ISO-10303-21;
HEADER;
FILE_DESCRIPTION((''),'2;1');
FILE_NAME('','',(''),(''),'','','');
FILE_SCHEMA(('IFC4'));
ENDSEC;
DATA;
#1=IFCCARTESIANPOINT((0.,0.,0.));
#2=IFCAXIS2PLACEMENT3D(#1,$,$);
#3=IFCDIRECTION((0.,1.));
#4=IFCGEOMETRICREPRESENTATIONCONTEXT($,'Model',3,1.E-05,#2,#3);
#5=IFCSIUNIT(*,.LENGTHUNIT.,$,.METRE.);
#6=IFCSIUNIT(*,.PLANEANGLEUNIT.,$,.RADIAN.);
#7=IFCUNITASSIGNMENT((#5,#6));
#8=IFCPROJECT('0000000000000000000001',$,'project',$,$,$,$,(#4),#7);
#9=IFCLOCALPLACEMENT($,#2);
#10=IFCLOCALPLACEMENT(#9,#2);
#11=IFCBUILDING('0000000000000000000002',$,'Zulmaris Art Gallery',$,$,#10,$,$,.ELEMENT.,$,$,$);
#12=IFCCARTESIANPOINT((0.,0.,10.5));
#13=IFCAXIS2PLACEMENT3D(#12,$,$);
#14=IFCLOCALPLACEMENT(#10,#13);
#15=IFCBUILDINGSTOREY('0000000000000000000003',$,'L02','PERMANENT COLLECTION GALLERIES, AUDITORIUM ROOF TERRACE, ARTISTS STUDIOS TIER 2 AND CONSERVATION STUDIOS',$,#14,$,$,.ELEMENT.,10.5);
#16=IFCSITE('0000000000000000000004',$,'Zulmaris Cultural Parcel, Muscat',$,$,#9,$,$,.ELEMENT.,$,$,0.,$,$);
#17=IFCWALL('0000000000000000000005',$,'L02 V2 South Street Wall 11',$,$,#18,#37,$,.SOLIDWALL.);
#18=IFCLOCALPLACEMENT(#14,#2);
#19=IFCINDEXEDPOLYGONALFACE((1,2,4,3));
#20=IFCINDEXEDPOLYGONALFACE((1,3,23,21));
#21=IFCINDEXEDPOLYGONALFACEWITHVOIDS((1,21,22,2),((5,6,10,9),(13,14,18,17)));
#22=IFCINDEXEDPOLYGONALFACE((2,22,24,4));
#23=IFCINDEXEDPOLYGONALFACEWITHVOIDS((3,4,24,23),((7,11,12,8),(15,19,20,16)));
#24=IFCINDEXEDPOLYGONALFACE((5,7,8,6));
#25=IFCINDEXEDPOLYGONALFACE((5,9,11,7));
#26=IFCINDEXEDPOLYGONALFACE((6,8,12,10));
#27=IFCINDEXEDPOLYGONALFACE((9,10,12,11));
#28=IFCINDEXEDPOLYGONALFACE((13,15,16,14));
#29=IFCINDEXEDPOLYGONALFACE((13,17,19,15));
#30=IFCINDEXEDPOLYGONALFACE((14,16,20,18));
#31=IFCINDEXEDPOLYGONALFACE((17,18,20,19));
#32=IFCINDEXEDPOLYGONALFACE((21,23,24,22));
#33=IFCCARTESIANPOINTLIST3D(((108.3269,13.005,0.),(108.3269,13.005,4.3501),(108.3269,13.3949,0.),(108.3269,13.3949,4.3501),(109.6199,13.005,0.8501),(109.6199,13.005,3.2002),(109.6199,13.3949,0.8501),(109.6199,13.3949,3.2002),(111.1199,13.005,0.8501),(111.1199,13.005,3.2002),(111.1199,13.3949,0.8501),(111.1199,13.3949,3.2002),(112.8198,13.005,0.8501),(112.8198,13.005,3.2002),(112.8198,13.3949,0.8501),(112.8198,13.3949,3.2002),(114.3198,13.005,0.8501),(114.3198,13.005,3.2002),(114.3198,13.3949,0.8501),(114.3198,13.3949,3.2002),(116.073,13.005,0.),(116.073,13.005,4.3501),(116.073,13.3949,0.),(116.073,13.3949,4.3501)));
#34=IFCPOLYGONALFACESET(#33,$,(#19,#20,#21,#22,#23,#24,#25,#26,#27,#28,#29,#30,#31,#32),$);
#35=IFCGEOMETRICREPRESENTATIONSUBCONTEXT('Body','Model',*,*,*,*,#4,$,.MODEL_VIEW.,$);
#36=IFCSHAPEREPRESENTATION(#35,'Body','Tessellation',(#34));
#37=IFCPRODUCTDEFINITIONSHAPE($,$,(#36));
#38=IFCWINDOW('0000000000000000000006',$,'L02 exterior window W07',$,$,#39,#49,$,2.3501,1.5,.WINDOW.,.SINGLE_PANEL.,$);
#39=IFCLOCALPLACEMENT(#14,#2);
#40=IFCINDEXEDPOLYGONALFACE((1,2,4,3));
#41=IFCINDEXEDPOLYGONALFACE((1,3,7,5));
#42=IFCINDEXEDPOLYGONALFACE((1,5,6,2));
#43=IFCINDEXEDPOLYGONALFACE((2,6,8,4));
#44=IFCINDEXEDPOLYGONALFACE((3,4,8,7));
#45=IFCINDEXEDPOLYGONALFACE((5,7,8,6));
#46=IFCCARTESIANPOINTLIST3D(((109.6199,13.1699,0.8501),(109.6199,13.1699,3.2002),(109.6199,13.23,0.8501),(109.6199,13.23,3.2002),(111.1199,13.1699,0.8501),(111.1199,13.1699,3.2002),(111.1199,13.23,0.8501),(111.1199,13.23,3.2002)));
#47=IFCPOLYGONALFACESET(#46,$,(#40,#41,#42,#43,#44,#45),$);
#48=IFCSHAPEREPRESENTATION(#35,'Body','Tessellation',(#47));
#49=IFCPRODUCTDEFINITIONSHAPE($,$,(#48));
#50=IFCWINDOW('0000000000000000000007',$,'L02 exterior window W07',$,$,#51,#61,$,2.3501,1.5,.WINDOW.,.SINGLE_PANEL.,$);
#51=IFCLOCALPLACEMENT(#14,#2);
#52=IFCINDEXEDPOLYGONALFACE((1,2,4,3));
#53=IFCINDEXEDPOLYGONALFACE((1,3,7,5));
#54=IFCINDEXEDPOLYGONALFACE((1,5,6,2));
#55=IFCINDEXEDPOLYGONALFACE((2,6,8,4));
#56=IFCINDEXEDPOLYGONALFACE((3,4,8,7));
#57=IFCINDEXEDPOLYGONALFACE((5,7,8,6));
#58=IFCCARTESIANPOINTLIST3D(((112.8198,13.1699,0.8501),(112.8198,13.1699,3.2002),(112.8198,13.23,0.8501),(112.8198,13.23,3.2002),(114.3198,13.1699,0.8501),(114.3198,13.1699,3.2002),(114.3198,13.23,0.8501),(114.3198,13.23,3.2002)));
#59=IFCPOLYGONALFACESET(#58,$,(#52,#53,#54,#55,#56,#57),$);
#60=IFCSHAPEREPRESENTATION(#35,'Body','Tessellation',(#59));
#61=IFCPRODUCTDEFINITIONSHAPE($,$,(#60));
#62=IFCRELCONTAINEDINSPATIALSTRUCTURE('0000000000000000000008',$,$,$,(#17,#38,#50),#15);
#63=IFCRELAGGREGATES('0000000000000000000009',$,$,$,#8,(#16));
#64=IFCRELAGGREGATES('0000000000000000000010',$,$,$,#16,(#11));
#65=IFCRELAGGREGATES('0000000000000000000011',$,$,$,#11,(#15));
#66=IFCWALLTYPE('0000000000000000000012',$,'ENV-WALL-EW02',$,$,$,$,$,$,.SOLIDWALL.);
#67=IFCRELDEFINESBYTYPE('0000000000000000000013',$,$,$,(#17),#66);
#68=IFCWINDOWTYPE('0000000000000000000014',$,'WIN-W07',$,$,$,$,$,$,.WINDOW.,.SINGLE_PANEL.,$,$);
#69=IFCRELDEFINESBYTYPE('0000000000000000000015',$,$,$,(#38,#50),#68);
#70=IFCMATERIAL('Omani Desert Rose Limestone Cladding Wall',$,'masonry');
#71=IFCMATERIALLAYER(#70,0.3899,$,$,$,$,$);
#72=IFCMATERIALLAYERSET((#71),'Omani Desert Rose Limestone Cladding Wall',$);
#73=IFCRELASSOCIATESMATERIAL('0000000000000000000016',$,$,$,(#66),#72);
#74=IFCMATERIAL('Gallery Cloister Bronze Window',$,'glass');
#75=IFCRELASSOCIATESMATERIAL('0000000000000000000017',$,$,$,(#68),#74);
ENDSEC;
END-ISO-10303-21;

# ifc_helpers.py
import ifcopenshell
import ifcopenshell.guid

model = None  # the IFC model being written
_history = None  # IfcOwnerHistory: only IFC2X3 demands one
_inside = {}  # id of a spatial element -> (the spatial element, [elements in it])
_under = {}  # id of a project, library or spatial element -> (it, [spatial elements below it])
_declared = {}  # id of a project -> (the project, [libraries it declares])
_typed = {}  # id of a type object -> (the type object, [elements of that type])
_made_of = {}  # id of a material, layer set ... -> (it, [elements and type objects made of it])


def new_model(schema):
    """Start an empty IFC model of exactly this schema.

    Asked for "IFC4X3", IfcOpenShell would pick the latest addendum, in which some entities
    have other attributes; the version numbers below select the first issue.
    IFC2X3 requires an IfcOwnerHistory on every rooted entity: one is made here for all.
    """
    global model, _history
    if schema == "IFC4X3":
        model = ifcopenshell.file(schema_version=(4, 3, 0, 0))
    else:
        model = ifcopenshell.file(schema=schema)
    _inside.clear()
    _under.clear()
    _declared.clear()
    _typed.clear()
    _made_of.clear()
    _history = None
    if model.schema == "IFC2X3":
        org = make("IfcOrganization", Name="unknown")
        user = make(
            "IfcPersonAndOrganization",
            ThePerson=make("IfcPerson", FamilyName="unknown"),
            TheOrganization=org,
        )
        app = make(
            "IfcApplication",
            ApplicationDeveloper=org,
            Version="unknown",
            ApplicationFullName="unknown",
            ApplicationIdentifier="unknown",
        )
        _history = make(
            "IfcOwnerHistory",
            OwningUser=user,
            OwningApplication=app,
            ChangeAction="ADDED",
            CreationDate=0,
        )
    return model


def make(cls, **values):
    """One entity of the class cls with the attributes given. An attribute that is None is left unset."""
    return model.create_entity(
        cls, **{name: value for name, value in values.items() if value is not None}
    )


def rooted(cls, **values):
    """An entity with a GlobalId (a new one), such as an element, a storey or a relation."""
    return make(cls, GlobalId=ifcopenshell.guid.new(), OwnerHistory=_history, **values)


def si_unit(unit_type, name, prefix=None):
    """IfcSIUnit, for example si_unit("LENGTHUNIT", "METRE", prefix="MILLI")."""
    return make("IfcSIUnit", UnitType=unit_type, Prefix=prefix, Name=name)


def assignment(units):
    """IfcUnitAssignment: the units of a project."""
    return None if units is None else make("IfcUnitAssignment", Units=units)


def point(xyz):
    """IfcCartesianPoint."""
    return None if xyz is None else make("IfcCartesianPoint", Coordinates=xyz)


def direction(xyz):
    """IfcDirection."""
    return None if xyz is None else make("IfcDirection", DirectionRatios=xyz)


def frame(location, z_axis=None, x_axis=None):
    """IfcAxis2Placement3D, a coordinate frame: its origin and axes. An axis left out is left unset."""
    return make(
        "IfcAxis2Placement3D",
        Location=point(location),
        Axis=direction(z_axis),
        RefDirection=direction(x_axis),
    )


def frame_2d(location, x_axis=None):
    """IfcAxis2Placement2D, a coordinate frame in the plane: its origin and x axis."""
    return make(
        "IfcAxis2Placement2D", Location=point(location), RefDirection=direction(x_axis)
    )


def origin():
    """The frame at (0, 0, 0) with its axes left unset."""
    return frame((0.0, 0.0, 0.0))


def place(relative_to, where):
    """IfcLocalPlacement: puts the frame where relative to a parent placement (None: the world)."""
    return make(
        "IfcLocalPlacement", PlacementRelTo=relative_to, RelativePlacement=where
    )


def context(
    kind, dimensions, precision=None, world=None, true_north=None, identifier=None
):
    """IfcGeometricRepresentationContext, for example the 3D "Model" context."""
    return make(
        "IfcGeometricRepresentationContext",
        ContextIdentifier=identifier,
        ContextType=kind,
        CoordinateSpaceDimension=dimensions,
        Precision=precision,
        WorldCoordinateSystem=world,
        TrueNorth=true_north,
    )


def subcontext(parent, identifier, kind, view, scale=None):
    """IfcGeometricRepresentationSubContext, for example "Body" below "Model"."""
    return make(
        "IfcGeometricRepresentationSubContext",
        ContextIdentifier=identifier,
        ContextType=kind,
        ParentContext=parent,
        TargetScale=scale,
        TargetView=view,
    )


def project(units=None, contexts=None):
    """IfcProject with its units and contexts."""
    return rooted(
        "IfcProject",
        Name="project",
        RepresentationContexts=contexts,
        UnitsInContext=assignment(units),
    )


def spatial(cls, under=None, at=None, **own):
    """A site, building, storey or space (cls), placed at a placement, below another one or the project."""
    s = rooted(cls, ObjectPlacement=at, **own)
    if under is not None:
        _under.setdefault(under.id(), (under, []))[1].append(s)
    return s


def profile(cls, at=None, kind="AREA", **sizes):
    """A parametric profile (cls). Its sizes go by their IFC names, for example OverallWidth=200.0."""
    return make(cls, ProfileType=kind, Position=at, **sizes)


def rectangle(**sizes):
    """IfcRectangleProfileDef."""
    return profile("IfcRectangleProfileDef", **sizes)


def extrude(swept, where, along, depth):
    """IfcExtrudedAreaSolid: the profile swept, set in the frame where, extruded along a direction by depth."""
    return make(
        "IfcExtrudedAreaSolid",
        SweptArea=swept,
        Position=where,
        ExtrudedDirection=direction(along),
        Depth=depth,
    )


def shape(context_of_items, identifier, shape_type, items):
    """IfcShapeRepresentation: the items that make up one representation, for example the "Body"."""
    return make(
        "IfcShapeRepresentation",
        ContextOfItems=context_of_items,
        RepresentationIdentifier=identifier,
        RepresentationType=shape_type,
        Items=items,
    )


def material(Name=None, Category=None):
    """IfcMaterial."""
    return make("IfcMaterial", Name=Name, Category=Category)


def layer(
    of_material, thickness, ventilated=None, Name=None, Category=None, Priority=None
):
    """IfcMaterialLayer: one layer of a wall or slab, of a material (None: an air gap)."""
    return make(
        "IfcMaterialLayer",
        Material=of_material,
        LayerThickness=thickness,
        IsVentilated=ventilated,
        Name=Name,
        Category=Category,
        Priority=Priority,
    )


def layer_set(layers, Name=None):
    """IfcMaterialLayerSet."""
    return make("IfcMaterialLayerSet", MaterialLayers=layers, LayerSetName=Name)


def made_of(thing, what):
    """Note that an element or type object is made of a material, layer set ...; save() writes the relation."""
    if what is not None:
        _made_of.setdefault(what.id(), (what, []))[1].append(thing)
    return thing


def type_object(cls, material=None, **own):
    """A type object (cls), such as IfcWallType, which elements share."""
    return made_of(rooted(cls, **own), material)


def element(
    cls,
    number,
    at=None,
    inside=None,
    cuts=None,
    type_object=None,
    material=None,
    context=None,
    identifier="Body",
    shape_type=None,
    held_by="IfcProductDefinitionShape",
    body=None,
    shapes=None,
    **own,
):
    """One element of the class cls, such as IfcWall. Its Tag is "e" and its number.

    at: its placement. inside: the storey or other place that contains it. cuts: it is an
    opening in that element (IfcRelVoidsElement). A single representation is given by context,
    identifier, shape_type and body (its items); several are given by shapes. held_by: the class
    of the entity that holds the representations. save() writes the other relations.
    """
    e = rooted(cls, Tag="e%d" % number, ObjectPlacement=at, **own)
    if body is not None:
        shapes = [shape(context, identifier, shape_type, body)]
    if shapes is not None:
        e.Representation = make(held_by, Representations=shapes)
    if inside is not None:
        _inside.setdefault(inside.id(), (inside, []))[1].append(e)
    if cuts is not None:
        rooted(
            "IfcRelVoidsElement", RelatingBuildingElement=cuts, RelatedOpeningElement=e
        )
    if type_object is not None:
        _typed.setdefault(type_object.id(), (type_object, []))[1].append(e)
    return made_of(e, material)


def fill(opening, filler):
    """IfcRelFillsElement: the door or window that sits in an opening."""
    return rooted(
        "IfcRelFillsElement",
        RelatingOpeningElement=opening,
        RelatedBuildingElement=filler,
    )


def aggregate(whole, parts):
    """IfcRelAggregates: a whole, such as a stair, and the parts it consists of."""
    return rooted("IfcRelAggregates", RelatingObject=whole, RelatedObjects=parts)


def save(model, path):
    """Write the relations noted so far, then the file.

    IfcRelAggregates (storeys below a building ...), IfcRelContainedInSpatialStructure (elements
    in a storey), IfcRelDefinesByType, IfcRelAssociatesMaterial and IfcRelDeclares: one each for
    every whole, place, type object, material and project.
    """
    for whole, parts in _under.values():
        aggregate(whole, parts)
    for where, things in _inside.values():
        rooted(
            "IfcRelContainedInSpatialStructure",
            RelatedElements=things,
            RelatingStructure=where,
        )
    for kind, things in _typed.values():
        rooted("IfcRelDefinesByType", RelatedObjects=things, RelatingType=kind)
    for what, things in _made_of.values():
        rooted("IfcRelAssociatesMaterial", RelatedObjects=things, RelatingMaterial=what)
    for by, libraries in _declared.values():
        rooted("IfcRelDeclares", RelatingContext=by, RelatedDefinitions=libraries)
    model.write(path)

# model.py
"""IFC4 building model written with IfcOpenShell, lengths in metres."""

from ifc_helpers import new_model, si_unit, direction, frame, frame_2d, origin, place, context, subcontext, project, spatial, rectangle, extrude, material, layer, layer_set, type_object, element, fill, save


model = new_model("IFC4")

# Units and contexts
model_context = context("Model", 3, precision=1e-05, world=origin(), true_north=direction((0.0, 1.0)))
body_context = subcontext(model_context, "Body", "Model", "MODEL_VIEW")
ifc_project = project(units=[si_unit("LENGTHUNIT", "METRE"), si_unit("PLANEANGLEUNIT", "RADIAN")], contexts=[model_context])

# Site, building, storey
site_placement = place(None, origin())
site = spatial("IfcSite", under=ifc_project, at=site_placement, Name="Zulmaris Cultural Parcel, Muscat", CompositionType="ELEMENT", RefElevation=0.0)
building_placement = place(site_placement, origin())
building = spatial("IfcBuilding", under=site, at=building_placement, Name="Zulmaris Art Gallery", CompositionType="ELEMENT")
storey_placement = place(building_placement, frame((0.0, 0.0, 10.5)))
storey = spatial("IfcBuildingStorey", under=building, at=storey_placement, Name="L02", Description="PERMANENT COLLECTION GALLERIES, AUDITORIUM ROOF TERRACE, ARTISTS STUDIOS TIER 2 AND CONSERVATION STUDIOS", CompositionType="ELEMENT", Elevation=10.5)

# Wall, openings, windows
ifc_material_1 = material(Name="Omani Desert Rose Limestone Cladding Wall", Category="masonry")
ifc_layer_1 = layer(ifc_material_1, 0.3899)
ifc_layer_set_1 = layer_set([ifc_layer_1], Name="Omani Desert Rose Limestone Cladding Wall")
wall_type = type_object("IfcWallType", Name="ENV-WALL-EW02", PredefinedType="SOLIDWALL", material=ifc_layer_set_1)
wall_placement = place(storey_placement, frame((108.3269, 13.2, 0.0), z_axis=(0.0, 0.0, 1.0), x_axis=(1.0, 0.0, 0.0)))
wall = element("IfcWall", 1, at=wall_placement, inside=storey, type_object=wall_type, Name="L02 V2 South Street Wall 11", PredefinedType="SOLIDWALL", context=body_context, shape_type="SweptSolid", body=[
    extrude(rectangle(XDim=7.7461, YDim=0.3899, at=frame_2d((3.873, 0.0))), origin(), (0.0, 0.0, 1.0), 4.3501),
])
opening_1_placement = place(wall_placement, frame((1.293, 0.0, 0.8501)))
opening_1 = element("IfcOpeningElement", 2, at=opening_1_placement, cuts=wall, PredefinedType="OPENING", context=body_context, shape_type="SweptSolid", body=[
    extrude(rectangle(XDim=1.5, YDim=2.3501, at=frame_2d((0.75, 1.175))), frame((0.0, 0.2048, 0.0), z_axis=(0.0, -1.0, 0.0), x_axis=(1.0, 0.0, 0.0)), (0.0, 0.0, 1.0), 0.4099),
])
opening_2_placement = place(wall_placement, frame((4.4929, 0.0, 0.8501)))
opening_2 = element("IfcOpeningElement", 3, at=opening_2_placement, cuts=wall, PredefinedType="OPENING", context=body_context, shape_type="SweptSolid", body=[
    extrude(rectangle(XDim=1.5, YDim=2.3501, at=frame_2d((0.75, 1.175))), frame((0.0, 0.2048, 0.0), z_axis=(0.0, -1.0, 0.0), x_axis=(1.0, 0.0, 0.0)), (0.0, 0.0, 1.0), 0.4099),
])
ifc_material_2 = material(Name="Gallery Cloister Bronze Window", Category="glass")
window_type = type_object("IfcWindowType", Name="WIN-W07", PartitioningType="SINGLE_PANEL", PredefinedType="WINDOW", material=ifc_material_2)
window_1_placement = place(opening_1_placement, origin())
window_1 = element("IfcWindow", 4, at=window_1_placement, inside=storey, type_object=window_type, Name="L02 exterior window W07", OverallHeight=2.3501, OverallWidth=1.5, PartitioningType="SINGLE_PANEL", PredefinedType="WINDOW", context=body_context, shape_type="SweptSolid", body=[
    extrude(rectangle(XDim=1.5, YDim=2.3501, at=frame_2d((0.75, 1.175))), frame((0.0, 0.03, 0.0), z_axis=(0.0, -1.0, 0.0), x_axis=(1.0, 0.0, 0.0)), (0.0, 0.0, 1.0), 0.0601),
])
fill(opening_1, window_1)
window_2_placement = place(opening_2_placement, origin())
window_2 = element("IfcWindow", 5, at=window_2_placement, inside=storey, type_object=window_type, Name="L02 exterior window W07", OverallHeight=2.3501, OverallWidth=1.5, PartitioningType="SINGLE_PANEL", PredefinedType="WINDOW", context=body_context, shape_type="SweptSolid", body=[
    extrude(rectangle(XDim=1.5, YDim=2.3501, at=frame_2d((0.75, 1.175))), frame((0.0, 0.03, 0.0), z_axis=(0.0, -1.0, 0.0), x_axis=(1.0, 0.0, 0.0)), (0.0, 0.0, 1.0), 0.0601),
])
fill(opening_2, window_2)

save(model, "model.ifc")
